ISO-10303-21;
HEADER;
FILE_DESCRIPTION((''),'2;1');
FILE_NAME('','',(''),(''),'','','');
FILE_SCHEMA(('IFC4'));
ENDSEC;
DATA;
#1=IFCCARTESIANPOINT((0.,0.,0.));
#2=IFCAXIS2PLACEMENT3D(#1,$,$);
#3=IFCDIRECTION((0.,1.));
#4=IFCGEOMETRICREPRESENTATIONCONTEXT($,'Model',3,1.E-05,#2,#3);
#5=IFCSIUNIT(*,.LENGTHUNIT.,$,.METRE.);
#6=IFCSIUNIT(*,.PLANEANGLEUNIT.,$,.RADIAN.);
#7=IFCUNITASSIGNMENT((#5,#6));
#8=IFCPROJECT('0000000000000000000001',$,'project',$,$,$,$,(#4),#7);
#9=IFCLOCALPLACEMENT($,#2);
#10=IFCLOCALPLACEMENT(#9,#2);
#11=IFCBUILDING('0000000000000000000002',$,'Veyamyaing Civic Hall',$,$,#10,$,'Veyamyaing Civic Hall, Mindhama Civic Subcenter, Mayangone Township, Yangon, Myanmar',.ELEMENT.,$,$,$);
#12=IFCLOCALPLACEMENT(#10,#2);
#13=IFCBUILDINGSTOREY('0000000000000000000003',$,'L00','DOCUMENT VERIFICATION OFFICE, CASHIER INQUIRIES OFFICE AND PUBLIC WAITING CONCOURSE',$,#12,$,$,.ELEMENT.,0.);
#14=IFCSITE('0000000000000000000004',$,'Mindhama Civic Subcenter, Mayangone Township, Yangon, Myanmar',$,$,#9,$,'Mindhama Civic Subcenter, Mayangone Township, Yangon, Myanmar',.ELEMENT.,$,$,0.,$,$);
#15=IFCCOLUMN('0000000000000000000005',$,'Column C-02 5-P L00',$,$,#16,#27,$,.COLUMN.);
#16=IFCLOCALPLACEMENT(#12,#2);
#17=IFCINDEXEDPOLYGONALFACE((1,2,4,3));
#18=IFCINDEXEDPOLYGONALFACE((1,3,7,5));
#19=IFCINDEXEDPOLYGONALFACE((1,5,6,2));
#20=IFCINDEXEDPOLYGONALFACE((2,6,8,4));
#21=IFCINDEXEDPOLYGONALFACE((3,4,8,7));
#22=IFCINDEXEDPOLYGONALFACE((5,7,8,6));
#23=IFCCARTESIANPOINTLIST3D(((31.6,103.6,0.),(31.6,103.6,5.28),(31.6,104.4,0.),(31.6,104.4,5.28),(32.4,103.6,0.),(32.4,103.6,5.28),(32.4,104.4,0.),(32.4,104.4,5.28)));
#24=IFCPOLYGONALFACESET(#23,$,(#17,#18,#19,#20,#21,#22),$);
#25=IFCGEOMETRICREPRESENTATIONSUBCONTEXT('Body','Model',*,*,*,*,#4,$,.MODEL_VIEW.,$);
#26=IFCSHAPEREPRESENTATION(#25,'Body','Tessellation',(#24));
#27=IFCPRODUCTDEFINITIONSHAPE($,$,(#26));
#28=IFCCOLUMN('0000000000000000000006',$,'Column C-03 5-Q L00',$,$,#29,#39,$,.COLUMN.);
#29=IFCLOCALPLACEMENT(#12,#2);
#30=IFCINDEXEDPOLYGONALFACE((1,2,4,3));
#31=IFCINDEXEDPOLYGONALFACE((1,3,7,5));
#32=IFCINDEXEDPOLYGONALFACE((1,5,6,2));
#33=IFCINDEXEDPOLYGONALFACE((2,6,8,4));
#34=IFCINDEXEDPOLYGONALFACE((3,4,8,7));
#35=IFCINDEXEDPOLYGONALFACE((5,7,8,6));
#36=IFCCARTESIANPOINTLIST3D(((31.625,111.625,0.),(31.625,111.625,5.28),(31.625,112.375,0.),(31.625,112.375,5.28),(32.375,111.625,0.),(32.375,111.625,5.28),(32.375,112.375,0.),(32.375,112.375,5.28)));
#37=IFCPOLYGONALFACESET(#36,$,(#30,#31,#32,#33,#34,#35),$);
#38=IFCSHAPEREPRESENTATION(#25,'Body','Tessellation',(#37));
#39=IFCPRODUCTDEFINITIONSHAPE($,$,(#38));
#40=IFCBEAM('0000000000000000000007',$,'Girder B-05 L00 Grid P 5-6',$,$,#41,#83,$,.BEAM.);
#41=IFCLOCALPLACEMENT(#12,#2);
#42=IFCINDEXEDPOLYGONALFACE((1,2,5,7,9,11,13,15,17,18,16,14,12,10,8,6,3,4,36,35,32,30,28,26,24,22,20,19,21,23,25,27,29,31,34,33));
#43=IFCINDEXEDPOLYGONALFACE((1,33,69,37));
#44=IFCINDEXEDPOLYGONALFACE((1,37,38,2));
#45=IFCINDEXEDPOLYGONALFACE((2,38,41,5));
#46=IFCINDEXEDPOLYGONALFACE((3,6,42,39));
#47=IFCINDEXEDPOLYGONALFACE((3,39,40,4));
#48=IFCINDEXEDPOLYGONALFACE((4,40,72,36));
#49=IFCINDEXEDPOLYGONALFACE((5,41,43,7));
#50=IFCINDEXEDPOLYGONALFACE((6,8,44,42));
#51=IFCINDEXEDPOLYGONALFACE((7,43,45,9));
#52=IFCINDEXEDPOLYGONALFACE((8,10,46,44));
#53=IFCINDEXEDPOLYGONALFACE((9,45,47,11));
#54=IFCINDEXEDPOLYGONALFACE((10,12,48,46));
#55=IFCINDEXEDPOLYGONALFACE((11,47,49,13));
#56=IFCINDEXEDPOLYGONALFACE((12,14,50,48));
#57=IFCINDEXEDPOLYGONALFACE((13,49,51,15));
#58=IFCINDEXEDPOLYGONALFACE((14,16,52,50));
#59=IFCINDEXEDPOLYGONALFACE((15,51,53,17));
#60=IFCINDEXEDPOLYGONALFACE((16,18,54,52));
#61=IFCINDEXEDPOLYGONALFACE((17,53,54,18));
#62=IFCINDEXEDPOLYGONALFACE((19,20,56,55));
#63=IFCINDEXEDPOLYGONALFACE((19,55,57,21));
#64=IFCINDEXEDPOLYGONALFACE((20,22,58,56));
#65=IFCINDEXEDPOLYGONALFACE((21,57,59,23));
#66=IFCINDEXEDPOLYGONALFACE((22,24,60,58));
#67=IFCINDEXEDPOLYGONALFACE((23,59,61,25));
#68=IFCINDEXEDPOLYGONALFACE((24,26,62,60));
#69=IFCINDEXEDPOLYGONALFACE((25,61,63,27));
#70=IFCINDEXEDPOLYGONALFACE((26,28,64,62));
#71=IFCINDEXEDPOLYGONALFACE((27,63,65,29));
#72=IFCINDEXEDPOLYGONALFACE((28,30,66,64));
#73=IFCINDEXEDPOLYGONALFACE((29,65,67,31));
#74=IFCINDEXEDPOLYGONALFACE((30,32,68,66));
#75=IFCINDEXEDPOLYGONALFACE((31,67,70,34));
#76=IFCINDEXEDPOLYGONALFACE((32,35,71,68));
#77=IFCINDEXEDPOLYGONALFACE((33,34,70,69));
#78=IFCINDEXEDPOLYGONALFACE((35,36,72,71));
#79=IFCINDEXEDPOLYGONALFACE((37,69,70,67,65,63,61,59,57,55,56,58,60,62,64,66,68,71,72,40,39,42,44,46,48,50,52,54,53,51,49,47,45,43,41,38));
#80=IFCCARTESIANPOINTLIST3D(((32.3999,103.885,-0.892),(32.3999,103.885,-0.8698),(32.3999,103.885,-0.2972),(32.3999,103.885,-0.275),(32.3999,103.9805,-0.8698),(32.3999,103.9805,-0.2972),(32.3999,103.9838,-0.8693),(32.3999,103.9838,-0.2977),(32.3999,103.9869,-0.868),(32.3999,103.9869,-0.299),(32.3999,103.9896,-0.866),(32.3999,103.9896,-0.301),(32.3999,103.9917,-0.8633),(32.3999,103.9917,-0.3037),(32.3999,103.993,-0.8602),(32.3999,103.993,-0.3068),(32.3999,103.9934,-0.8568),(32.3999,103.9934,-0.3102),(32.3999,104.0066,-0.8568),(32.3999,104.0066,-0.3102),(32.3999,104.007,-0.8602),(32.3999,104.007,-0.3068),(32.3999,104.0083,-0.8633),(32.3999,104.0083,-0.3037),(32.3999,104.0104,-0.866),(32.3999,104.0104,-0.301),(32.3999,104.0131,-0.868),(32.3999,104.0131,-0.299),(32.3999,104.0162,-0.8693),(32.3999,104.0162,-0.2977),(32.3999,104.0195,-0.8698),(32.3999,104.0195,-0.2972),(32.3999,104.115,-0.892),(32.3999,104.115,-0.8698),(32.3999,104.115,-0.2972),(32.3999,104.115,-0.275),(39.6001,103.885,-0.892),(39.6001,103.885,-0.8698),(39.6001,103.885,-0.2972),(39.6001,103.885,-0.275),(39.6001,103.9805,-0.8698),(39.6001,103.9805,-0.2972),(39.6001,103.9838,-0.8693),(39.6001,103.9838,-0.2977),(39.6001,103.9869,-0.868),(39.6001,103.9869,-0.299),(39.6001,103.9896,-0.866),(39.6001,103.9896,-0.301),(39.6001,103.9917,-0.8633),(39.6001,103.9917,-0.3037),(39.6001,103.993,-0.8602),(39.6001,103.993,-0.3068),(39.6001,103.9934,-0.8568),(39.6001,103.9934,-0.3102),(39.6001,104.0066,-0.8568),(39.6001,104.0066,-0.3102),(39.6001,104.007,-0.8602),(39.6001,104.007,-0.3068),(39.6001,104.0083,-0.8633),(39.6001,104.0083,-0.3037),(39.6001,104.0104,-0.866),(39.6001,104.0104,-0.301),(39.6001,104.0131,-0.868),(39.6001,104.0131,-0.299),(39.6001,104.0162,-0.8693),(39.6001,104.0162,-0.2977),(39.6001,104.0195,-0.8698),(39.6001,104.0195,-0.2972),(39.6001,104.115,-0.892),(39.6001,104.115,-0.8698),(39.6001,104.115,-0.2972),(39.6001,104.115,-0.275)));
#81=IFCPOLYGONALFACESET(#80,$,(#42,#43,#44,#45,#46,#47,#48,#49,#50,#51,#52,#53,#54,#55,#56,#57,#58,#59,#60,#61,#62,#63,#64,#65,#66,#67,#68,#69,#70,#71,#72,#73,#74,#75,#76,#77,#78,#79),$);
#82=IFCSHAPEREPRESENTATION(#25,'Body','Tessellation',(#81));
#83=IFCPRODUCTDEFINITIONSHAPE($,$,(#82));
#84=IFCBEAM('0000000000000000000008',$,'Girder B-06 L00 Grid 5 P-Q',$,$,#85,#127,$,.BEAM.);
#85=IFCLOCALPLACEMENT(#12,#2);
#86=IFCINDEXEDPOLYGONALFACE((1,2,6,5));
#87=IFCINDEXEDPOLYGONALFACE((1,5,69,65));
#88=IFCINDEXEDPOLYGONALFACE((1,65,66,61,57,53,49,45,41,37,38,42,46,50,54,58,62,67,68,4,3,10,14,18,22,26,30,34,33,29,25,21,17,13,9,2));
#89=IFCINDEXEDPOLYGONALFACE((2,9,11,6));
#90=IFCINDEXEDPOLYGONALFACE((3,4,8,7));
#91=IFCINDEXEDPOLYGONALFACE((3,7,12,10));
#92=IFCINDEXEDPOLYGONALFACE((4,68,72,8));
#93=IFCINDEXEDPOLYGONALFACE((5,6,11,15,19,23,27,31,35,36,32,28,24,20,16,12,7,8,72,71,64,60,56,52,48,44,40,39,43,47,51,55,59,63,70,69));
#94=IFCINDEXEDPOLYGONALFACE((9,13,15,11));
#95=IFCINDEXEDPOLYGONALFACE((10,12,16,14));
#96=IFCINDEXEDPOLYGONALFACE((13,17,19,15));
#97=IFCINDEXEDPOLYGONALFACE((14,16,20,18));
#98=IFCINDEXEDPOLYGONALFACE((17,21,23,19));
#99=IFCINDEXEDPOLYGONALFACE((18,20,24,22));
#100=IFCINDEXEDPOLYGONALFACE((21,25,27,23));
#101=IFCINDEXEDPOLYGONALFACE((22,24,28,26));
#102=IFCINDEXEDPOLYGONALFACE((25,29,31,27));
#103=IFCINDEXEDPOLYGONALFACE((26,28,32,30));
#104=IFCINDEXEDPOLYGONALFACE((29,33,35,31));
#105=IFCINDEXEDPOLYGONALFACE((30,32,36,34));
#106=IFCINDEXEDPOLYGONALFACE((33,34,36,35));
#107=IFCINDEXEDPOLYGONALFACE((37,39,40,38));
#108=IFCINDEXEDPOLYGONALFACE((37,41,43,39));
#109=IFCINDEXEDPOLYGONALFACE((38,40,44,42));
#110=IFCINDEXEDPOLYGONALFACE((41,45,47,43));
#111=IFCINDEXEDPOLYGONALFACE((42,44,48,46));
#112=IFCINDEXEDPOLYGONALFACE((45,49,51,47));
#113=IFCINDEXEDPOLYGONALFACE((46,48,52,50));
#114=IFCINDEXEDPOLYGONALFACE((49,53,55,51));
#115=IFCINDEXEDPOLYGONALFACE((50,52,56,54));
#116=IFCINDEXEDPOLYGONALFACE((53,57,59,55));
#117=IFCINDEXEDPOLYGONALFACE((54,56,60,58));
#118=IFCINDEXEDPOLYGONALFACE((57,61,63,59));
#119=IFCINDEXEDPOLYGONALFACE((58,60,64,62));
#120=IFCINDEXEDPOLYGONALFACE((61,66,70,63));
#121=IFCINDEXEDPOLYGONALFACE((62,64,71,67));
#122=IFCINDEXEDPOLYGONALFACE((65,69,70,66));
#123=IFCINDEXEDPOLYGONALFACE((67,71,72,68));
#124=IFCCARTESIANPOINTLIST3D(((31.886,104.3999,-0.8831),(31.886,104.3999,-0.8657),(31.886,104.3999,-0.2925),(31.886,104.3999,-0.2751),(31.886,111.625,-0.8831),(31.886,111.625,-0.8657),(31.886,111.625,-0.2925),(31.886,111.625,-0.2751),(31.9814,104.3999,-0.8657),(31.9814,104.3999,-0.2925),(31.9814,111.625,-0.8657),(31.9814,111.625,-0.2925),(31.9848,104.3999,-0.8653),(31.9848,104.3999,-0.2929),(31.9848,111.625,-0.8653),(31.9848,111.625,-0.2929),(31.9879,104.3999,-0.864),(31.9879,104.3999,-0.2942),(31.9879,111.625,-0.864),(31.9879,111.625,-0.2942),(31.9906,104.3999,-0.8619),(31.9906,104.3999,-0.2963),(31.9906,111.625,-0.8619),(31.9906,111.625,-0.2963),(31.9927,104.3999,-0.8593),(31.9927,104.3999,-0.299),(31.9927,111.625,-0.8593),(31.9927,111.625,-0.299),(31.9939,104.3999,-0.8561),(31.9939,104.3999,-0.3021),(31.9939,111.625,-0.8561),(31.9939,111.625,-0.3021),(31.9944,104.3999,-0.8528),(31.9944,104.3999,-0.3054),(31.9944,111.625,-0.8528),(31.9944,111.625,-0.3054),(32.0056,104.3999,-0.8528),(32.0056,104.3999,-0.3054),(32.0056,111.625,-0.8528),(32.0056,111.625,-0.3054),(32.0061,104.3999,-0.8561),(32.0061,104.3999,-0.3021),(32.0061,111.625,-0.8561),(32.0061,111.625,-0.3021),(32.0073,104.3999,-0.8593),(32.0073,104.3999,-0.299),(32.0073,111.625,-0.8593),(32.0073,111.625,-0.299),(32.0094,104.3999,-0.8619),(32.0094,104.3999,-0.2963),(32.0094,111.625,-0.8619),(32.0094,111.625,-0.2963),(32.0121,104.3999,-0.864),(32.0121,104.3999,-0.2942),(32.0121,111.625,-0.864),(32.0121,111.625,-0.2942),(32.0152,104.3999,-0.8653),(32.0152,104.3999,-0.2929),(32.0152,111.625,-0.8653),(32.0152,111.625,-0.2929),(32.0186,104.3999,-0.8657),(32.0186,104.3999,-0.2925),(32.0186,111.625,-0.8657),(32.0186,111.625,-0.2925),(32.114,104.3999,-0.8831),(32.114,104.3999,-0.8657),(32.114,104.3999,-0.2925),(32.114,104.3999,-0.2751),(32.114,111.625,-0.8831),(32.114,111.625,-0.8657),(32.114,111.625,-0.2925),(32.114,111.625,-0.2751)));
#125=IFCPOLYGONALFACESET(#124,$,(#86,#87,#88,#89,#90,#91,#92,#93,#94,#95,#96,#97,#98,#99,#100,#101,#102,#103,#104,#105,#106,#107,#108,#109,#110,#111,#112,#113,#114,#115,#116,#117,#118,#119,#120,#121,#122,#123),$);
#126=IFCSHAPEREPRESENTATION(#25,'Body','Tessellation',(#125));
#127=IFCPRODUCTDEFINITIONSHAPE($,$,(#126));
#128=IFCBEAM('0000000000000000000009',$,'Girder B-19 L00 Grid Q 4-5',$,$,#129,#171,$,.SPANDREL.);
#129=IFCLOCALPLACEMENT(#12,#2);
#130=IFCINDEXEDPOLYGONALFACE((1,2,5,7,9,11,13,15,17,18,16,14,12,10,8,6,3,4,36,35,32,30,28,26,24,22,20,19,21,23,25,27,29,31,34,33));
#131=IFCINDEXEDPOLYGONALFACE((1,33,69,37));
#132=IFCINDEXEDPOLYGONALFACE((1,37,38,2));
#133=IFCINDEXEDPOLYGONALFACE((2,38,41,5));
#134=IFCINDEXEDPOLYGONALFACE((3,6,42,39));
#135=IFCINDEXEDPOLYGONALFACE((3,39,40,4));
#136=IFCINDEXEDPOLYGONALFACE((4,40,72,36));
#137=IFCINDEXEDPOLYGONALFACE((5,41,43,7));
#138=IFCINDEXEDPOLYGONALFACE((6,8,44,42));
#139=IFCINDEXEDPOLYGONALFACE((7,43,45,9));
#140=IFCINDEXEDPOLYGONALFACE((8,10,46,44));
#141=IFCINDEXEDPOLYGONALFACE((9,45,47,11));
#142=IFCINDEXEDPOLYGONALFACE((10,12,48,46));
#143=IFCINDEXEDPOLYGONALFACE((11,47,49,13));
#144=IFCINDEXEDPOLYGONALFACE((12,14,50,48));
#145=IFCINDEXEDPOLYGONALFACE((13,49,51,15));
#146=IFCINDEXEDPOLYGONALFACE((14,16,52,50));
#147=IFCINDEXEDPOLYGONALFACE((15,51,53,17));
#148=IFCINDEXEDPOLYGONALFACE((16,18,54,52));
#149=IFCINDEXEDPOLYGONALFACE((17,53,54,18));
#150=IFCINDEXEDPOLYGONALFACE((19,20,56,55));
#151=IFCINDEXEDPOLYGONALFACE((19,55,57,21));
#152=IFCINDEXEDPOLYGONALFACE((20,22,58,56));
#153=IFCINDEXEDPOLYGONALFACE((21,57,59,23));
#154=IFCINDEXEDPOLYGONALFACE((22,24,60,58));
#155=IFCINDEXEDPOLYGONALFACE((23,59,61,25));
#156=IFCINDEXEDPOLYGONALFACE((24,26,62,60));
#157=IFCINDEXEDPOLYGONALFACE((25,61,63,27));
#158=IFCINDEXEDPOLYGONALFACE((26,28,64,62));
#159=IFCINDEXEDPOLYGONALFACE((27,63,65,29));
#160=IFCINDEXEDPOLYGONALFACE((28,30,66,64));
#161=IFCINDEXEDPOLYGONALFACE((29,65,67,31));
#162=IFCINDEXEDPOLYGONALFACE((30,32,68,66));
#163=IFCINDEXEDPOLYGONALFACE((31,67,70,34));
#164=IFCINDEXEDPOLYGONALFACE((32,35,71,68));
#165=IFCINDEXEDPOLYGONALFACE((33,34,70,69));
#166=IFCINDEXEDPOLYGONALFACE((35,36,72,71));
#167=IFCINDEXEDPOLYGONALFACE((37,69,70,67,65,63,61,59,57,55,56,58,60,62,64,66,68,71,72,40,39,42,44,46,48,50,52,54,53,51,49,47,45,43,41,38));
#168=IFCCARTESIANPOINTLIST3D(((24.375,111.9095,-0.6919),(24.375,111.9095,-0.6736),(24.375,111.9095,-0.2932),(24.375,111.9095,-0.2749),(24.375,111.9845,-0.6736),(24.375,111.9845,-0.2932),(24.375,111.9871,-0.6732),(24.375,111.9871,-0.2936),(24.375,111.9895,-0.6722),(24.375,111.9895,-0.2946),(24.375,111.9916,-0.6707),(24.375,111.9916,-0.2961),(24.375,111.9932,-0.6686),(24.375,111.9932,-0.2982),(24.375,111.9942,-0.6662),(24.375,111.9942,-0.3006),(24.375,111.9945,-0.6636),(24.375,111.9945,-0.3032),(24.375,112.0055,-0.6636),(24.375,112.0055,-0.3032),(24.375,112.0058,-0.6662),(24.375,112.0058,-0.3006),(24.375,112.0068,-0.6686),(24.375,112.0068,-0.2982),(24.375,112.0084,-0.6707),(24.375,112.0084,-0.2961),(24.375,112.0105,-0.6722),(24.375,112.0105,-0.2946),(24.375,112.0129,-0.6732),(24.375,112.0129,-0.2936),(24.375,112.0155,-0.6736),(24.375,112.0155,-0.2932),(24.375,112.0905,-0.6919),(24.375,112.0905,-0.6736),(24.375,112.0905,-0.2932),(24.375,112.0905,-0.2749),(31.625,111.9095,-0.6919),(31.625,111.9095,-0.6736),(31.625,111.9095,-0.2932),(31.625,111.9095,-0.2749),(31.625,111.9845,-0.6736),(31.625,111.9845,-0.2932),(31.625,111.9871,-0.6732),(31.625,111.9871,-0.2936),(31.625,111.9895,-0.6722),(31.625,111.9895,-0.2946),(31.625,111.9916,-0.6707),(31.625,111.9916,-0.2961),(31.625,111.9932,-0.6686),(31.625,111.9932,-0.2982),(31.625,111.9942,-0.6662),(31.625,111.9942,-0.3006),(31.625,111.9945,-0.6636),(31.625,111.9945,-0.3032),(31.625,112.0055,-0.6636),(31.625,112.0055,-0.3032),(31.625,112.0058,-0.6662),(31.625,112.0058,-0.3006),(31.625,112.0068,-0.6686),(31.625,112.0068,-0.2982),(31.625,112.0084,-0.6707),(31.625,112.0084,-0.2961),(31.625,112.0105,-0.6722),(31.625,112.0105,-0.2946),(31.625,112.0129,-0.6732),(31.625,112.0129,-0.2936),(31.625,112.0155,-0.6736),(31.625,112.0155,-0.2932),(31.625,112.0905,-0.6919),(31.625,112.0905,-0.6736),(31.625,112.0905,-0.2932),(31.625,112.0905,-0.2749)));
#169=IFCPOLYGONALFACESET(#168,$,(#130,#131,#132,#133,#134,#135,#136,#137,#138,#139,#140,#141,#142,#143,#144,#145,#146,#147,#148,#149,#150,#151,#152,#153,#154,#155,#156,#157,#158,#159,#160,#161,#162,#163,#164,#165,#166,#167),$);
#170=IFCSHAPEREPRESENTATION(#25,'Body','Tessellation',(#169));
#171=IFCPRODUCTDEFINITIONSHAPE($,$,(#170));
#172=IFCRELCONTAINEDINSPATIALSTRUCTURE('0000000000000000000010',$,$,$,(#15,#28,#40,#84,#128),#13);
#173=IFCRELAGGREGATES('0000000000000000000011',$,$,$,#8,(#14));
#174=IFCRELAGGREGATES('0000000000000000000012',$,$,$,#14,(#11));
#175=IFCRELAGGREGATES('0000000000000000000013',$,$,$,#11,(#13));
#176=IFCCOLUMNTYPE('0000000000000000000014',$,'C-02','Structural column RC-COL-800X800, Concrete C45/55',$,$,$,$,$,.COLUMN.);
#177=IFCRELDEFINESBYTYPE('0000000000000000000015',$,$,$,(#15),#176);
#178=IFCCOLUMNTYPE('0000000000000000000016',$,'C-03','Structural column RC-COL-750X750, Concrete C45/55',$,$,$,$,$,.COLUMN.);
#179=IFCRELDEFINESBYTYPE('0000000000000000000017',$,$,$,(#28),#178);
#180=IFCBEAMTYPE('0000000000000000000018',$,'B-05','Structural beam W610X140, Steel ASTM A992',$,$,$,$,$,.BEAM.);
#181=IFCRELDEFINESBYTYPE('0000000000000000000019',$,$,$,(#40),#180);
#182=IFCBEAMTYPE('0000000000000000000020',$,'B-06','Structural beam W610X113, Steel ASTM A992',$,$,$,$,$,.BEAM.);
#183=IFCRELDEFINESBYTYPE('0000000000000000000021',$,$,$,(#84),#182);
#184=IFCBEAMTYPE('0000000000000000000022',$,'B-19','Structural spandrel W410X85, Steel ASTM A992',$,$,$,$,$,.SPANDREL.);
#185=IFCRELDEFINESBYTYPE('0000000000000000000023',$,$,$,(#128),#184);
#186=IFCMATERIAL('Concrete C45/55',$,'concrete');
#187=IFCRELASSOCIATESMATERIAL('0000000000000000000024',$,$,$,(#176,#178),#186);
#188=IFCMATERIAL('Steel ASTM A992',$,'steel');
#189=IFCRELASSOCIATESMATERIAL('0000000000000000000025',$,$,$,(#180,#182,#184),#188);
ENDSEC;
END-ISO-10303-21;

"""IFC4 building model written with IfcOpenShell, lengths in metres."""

from ifc_helpers import new_model, si_unit, direction, frame, origin, origin_2d, place, context, subcontext, project, spatial, rectangle, i_section, extrude, material, material_profile, profile_set, type_object, element, save


model = new_model("IFC4")

# Units and contexts
model_context = context("Model", 3, precision=1e-05, world=origin(), true_north=direction((0.0, 1.0)))
body_context = subcontext(model_context, "Body", "Model", "MODEL_VIEW")
ifc_project = project(units=[si_unit("LENGTHUNIT", "METRE"), si_unit("PLANEANGLEUNIT", "RADIAN")], contexts=[model_context])

# Site, building, storey
site_placement = place(None, origin())
site = spatial("IfcSite", under=ifc_project, at=site_placement, Name="Mindhama Civic Subcenter, Mayangone Township, Yangon, Myanmar", LongName="Mindhama Civic Subcenter, Mayangone Township, Yangon, Myanmar", CompositionType="ELEMENT", RefElevation=0.0)
building_placement = place(site_placement, origin())
building = spatial("IfcBuilding", under=site, at=building_placement, Name="Veyamyaing Civic Hall", LongName="Veyamyaing Civic Hall, Mindhama Civic Subcenter, Mayangone Township, Yangon, Myanmar", CompositionType="ELEMENT")
storey_placement = place(building_placement, origin())
storey = spatial("IfcBuildingStorey", under=building, at=storey_placement, Name="L00", Description="DOCUMENT VERIFICATION OFFICE, CASHIER INQUIRIES OFFICE AND PUBLIC WAITING CONCOURSE", CompositionType="ELEMENT", Elevation=0.0)

# Columns
ifc_material_1 = material(Name="Concrete C45/55", Category="concrete")
ifc_material_profile_1 = material_profile(ifc_material_1, rectangle(XDim=0.8, YDim=0.8, at=origin_2d()), Name="RC-COL-800X800")
ifc_profile_set_1 = profile_set([ifc_material_profile_1], Name="Concrete C45/55")
column_type_1 = type_object("IfcColumnType", Name="C-02", Description="Structural column RC-COL-800X800, Concrete C45/55", PredefinedType="COLUMN", material=ifc_profile_set_1)
column_1_placement = place(storey_placement, frame((32.0, 104.0, 0.0), z_axis=(0.0, 0.0, 1.0), x_axis=(1.0, 0.0, 0.0)))
element("IfcColumn", 1, at=column_1_placement, inside=storey, type_object=column_type_1, Name="Column C-02 5-P L00", PredefinedType="COLUMN", context=body_context, shape_type="SweptSolid", body=[
    extrude(rectangle(XDim=0.8, YDim=0.8, at=origin_2d()), origin(), (0.0, 0.0, 1.0), 5.28),
])
ifc_material_profile_2 = material_profile(ifc_material_1, rectangle(XDim=0.75, YDim=0.75, at=origin_2d()), Name="RC-COL-750X750")
ifc_profile_set_2 = profile_set([ifc_material_profile_2], Name="Concrete C45/55")
column_type_2 = type_object("IfcColumnType", Name="C-03", Description="Structural column RC-COL-750X750, Concrete C45/55", PredefinedType="COLUMN", material=ifc_profile_set_2)
column_2_placement = place(storey_placement, frame((32.0, 112.0, 0.0), z_axis=(0.0, 0.0, 1.0), x_axis=(1.0, 0.0, 0.0)))
element("IfcColumn", 2, at=column_2_placement, inside=storey, type_object=column_type_2, Name="Column C-03 5-Q L00", PredefinedType="COLUMN", context=body_context, shape_type="SweptSolid", body=[
    extrude(rectangle(XDim=0.75, YDim=0.75, at=origin_2d()), origin(), (0.0, 0.0, 1.0), 5.28),
])

# Beams
ifc_material_2 = material(Name="Steel ASTM A992", Category="steel")
ifc_material_profile_3 = material_profile(ifc_material_2, i_section(OverallWidth=0.23, OverallDepth=0.6169, WebThickness=0.0132, FlangeThickness=0.0222, FilletRadius=0.0129, at=origin_2d()), Name="W610X140")
ifc_profile_set_3 = profile_set([ifc_material_profile_3], Name="Steel ASTM A992")
beam_type_1 = type_object("IfcBeamType", Name="B-05", Description="Structural beam W610X140, Steel ASTM A992", PredefinedType="BEAM", material=ifc_profile_set_3)
beam_1_placement = place(storey_placement, frame((32.3999, 104.0, -0.5835), z_axis=(1.0, 0.0, 0.0), x_axis=(0.0, 1.0, 0.0)))
element("IfcBeam", 3, at=beam_1_placement, inside=storey, type_object=beam_type_1, Name="Girder B-05 L00 Grid P 5-6", PredefinedType="BEAM", context=body_context, shape_type="SweptSolid", body=[
    extrude(i_section(OverallWidth=0.23, OverallDepth=0.6169, WebThickness=0.0132, FlangeThickness=0.0222, FilletRadius=0.0129, at=origin_2d()), origin(), (0.0, 0.0, 1.0), 7.2002),
])
ifc_material_profile_4 = material_profile(ifc_material_2, i_section(OverallWidth=0.228, OverallDepth=0.6079, WebThickness=0.0112, FlangeThickness=0.0173, FilletRadius=0.0129, at=origin_2d()), Name="W610X113")
ifc_profile_set_4 = profile_set([ifc_material_profile_4], Name="Steel ASTM A992")
beam_type_2 = type_object("IfcBeamType", Name="B-06", Description="Structural beam W610X113, Steel ASTM A992", PredefinedType="BEAM", material=ifc_profile_set_4)
beam_2_placement = place(storey_placement, frame((32.0, 104.3999, -0.5791), z_axis=(0.0, 1.0, 0.0), x_axis=(-1.0, 0.0, 0.0)))
element("IfcBeam", 4, at=beam_2_placement, inside=storey, type_object=beam_type_2, Name="Girder B-06 L00 Grid 5 P-Q", PredefinedType="BEAM", context=body_context, shape_type="SweptSolid", body=[
    extrude(i_section(OverallWidth=0.228, OverallDepth=0.6079, WebThickness=0.0112, FlangeThickness=0.0173, FilletRadius=0.0129, at=origin_2d()), origin(), (0.0, 0.0, 1.0), 7.2251),
])
ifc_material_profile_5 = material_profile(ifc_material_2, i_section(OverallWidth=0.1809, OverallDepth=0.417, WebThickness=0.011, FlangeThickness=0.0183, FilletRadius=0.01, at=origin_2d()), Name="W410X85")
ifc_profile_set_5 = profile_set([ifc_material_profile_5], Name="Steel ASTM A992")
beam_type_3 = type_object("IfcBeamType", Name="B-19", Description="Structural spandrel W410X85, Steel ASTM A992", PredefinedType="SPANDREL", material=ifc_profile_set_5)
beam_3_placement = place(storey_placement, frame((24.375, 112.0, -0.4834), z_axis=(1.0, 0.0, 0.0), x_axis=(0.0, 1.0, 0.0)))
element("IfcBeam", 5, at=beam_3_placement, inside=storey, type_object=beam_type_3, Name="Girder B-19 L00 Grid Q 4-5", PredefinedType="SPANDREL", context=body_context, shape_type="SweptSolid", body=[
    extrude(i_section(OverallWidth=0.1809, OverallDepth=0.417, WebThickness=0.011, FlangeThickness=0.0183, FilletRadius=0.01, at=origin_2d()), origin(), (0.0, 0.0, 1.0), 7.25),
])

save(model, "model.ifc")
